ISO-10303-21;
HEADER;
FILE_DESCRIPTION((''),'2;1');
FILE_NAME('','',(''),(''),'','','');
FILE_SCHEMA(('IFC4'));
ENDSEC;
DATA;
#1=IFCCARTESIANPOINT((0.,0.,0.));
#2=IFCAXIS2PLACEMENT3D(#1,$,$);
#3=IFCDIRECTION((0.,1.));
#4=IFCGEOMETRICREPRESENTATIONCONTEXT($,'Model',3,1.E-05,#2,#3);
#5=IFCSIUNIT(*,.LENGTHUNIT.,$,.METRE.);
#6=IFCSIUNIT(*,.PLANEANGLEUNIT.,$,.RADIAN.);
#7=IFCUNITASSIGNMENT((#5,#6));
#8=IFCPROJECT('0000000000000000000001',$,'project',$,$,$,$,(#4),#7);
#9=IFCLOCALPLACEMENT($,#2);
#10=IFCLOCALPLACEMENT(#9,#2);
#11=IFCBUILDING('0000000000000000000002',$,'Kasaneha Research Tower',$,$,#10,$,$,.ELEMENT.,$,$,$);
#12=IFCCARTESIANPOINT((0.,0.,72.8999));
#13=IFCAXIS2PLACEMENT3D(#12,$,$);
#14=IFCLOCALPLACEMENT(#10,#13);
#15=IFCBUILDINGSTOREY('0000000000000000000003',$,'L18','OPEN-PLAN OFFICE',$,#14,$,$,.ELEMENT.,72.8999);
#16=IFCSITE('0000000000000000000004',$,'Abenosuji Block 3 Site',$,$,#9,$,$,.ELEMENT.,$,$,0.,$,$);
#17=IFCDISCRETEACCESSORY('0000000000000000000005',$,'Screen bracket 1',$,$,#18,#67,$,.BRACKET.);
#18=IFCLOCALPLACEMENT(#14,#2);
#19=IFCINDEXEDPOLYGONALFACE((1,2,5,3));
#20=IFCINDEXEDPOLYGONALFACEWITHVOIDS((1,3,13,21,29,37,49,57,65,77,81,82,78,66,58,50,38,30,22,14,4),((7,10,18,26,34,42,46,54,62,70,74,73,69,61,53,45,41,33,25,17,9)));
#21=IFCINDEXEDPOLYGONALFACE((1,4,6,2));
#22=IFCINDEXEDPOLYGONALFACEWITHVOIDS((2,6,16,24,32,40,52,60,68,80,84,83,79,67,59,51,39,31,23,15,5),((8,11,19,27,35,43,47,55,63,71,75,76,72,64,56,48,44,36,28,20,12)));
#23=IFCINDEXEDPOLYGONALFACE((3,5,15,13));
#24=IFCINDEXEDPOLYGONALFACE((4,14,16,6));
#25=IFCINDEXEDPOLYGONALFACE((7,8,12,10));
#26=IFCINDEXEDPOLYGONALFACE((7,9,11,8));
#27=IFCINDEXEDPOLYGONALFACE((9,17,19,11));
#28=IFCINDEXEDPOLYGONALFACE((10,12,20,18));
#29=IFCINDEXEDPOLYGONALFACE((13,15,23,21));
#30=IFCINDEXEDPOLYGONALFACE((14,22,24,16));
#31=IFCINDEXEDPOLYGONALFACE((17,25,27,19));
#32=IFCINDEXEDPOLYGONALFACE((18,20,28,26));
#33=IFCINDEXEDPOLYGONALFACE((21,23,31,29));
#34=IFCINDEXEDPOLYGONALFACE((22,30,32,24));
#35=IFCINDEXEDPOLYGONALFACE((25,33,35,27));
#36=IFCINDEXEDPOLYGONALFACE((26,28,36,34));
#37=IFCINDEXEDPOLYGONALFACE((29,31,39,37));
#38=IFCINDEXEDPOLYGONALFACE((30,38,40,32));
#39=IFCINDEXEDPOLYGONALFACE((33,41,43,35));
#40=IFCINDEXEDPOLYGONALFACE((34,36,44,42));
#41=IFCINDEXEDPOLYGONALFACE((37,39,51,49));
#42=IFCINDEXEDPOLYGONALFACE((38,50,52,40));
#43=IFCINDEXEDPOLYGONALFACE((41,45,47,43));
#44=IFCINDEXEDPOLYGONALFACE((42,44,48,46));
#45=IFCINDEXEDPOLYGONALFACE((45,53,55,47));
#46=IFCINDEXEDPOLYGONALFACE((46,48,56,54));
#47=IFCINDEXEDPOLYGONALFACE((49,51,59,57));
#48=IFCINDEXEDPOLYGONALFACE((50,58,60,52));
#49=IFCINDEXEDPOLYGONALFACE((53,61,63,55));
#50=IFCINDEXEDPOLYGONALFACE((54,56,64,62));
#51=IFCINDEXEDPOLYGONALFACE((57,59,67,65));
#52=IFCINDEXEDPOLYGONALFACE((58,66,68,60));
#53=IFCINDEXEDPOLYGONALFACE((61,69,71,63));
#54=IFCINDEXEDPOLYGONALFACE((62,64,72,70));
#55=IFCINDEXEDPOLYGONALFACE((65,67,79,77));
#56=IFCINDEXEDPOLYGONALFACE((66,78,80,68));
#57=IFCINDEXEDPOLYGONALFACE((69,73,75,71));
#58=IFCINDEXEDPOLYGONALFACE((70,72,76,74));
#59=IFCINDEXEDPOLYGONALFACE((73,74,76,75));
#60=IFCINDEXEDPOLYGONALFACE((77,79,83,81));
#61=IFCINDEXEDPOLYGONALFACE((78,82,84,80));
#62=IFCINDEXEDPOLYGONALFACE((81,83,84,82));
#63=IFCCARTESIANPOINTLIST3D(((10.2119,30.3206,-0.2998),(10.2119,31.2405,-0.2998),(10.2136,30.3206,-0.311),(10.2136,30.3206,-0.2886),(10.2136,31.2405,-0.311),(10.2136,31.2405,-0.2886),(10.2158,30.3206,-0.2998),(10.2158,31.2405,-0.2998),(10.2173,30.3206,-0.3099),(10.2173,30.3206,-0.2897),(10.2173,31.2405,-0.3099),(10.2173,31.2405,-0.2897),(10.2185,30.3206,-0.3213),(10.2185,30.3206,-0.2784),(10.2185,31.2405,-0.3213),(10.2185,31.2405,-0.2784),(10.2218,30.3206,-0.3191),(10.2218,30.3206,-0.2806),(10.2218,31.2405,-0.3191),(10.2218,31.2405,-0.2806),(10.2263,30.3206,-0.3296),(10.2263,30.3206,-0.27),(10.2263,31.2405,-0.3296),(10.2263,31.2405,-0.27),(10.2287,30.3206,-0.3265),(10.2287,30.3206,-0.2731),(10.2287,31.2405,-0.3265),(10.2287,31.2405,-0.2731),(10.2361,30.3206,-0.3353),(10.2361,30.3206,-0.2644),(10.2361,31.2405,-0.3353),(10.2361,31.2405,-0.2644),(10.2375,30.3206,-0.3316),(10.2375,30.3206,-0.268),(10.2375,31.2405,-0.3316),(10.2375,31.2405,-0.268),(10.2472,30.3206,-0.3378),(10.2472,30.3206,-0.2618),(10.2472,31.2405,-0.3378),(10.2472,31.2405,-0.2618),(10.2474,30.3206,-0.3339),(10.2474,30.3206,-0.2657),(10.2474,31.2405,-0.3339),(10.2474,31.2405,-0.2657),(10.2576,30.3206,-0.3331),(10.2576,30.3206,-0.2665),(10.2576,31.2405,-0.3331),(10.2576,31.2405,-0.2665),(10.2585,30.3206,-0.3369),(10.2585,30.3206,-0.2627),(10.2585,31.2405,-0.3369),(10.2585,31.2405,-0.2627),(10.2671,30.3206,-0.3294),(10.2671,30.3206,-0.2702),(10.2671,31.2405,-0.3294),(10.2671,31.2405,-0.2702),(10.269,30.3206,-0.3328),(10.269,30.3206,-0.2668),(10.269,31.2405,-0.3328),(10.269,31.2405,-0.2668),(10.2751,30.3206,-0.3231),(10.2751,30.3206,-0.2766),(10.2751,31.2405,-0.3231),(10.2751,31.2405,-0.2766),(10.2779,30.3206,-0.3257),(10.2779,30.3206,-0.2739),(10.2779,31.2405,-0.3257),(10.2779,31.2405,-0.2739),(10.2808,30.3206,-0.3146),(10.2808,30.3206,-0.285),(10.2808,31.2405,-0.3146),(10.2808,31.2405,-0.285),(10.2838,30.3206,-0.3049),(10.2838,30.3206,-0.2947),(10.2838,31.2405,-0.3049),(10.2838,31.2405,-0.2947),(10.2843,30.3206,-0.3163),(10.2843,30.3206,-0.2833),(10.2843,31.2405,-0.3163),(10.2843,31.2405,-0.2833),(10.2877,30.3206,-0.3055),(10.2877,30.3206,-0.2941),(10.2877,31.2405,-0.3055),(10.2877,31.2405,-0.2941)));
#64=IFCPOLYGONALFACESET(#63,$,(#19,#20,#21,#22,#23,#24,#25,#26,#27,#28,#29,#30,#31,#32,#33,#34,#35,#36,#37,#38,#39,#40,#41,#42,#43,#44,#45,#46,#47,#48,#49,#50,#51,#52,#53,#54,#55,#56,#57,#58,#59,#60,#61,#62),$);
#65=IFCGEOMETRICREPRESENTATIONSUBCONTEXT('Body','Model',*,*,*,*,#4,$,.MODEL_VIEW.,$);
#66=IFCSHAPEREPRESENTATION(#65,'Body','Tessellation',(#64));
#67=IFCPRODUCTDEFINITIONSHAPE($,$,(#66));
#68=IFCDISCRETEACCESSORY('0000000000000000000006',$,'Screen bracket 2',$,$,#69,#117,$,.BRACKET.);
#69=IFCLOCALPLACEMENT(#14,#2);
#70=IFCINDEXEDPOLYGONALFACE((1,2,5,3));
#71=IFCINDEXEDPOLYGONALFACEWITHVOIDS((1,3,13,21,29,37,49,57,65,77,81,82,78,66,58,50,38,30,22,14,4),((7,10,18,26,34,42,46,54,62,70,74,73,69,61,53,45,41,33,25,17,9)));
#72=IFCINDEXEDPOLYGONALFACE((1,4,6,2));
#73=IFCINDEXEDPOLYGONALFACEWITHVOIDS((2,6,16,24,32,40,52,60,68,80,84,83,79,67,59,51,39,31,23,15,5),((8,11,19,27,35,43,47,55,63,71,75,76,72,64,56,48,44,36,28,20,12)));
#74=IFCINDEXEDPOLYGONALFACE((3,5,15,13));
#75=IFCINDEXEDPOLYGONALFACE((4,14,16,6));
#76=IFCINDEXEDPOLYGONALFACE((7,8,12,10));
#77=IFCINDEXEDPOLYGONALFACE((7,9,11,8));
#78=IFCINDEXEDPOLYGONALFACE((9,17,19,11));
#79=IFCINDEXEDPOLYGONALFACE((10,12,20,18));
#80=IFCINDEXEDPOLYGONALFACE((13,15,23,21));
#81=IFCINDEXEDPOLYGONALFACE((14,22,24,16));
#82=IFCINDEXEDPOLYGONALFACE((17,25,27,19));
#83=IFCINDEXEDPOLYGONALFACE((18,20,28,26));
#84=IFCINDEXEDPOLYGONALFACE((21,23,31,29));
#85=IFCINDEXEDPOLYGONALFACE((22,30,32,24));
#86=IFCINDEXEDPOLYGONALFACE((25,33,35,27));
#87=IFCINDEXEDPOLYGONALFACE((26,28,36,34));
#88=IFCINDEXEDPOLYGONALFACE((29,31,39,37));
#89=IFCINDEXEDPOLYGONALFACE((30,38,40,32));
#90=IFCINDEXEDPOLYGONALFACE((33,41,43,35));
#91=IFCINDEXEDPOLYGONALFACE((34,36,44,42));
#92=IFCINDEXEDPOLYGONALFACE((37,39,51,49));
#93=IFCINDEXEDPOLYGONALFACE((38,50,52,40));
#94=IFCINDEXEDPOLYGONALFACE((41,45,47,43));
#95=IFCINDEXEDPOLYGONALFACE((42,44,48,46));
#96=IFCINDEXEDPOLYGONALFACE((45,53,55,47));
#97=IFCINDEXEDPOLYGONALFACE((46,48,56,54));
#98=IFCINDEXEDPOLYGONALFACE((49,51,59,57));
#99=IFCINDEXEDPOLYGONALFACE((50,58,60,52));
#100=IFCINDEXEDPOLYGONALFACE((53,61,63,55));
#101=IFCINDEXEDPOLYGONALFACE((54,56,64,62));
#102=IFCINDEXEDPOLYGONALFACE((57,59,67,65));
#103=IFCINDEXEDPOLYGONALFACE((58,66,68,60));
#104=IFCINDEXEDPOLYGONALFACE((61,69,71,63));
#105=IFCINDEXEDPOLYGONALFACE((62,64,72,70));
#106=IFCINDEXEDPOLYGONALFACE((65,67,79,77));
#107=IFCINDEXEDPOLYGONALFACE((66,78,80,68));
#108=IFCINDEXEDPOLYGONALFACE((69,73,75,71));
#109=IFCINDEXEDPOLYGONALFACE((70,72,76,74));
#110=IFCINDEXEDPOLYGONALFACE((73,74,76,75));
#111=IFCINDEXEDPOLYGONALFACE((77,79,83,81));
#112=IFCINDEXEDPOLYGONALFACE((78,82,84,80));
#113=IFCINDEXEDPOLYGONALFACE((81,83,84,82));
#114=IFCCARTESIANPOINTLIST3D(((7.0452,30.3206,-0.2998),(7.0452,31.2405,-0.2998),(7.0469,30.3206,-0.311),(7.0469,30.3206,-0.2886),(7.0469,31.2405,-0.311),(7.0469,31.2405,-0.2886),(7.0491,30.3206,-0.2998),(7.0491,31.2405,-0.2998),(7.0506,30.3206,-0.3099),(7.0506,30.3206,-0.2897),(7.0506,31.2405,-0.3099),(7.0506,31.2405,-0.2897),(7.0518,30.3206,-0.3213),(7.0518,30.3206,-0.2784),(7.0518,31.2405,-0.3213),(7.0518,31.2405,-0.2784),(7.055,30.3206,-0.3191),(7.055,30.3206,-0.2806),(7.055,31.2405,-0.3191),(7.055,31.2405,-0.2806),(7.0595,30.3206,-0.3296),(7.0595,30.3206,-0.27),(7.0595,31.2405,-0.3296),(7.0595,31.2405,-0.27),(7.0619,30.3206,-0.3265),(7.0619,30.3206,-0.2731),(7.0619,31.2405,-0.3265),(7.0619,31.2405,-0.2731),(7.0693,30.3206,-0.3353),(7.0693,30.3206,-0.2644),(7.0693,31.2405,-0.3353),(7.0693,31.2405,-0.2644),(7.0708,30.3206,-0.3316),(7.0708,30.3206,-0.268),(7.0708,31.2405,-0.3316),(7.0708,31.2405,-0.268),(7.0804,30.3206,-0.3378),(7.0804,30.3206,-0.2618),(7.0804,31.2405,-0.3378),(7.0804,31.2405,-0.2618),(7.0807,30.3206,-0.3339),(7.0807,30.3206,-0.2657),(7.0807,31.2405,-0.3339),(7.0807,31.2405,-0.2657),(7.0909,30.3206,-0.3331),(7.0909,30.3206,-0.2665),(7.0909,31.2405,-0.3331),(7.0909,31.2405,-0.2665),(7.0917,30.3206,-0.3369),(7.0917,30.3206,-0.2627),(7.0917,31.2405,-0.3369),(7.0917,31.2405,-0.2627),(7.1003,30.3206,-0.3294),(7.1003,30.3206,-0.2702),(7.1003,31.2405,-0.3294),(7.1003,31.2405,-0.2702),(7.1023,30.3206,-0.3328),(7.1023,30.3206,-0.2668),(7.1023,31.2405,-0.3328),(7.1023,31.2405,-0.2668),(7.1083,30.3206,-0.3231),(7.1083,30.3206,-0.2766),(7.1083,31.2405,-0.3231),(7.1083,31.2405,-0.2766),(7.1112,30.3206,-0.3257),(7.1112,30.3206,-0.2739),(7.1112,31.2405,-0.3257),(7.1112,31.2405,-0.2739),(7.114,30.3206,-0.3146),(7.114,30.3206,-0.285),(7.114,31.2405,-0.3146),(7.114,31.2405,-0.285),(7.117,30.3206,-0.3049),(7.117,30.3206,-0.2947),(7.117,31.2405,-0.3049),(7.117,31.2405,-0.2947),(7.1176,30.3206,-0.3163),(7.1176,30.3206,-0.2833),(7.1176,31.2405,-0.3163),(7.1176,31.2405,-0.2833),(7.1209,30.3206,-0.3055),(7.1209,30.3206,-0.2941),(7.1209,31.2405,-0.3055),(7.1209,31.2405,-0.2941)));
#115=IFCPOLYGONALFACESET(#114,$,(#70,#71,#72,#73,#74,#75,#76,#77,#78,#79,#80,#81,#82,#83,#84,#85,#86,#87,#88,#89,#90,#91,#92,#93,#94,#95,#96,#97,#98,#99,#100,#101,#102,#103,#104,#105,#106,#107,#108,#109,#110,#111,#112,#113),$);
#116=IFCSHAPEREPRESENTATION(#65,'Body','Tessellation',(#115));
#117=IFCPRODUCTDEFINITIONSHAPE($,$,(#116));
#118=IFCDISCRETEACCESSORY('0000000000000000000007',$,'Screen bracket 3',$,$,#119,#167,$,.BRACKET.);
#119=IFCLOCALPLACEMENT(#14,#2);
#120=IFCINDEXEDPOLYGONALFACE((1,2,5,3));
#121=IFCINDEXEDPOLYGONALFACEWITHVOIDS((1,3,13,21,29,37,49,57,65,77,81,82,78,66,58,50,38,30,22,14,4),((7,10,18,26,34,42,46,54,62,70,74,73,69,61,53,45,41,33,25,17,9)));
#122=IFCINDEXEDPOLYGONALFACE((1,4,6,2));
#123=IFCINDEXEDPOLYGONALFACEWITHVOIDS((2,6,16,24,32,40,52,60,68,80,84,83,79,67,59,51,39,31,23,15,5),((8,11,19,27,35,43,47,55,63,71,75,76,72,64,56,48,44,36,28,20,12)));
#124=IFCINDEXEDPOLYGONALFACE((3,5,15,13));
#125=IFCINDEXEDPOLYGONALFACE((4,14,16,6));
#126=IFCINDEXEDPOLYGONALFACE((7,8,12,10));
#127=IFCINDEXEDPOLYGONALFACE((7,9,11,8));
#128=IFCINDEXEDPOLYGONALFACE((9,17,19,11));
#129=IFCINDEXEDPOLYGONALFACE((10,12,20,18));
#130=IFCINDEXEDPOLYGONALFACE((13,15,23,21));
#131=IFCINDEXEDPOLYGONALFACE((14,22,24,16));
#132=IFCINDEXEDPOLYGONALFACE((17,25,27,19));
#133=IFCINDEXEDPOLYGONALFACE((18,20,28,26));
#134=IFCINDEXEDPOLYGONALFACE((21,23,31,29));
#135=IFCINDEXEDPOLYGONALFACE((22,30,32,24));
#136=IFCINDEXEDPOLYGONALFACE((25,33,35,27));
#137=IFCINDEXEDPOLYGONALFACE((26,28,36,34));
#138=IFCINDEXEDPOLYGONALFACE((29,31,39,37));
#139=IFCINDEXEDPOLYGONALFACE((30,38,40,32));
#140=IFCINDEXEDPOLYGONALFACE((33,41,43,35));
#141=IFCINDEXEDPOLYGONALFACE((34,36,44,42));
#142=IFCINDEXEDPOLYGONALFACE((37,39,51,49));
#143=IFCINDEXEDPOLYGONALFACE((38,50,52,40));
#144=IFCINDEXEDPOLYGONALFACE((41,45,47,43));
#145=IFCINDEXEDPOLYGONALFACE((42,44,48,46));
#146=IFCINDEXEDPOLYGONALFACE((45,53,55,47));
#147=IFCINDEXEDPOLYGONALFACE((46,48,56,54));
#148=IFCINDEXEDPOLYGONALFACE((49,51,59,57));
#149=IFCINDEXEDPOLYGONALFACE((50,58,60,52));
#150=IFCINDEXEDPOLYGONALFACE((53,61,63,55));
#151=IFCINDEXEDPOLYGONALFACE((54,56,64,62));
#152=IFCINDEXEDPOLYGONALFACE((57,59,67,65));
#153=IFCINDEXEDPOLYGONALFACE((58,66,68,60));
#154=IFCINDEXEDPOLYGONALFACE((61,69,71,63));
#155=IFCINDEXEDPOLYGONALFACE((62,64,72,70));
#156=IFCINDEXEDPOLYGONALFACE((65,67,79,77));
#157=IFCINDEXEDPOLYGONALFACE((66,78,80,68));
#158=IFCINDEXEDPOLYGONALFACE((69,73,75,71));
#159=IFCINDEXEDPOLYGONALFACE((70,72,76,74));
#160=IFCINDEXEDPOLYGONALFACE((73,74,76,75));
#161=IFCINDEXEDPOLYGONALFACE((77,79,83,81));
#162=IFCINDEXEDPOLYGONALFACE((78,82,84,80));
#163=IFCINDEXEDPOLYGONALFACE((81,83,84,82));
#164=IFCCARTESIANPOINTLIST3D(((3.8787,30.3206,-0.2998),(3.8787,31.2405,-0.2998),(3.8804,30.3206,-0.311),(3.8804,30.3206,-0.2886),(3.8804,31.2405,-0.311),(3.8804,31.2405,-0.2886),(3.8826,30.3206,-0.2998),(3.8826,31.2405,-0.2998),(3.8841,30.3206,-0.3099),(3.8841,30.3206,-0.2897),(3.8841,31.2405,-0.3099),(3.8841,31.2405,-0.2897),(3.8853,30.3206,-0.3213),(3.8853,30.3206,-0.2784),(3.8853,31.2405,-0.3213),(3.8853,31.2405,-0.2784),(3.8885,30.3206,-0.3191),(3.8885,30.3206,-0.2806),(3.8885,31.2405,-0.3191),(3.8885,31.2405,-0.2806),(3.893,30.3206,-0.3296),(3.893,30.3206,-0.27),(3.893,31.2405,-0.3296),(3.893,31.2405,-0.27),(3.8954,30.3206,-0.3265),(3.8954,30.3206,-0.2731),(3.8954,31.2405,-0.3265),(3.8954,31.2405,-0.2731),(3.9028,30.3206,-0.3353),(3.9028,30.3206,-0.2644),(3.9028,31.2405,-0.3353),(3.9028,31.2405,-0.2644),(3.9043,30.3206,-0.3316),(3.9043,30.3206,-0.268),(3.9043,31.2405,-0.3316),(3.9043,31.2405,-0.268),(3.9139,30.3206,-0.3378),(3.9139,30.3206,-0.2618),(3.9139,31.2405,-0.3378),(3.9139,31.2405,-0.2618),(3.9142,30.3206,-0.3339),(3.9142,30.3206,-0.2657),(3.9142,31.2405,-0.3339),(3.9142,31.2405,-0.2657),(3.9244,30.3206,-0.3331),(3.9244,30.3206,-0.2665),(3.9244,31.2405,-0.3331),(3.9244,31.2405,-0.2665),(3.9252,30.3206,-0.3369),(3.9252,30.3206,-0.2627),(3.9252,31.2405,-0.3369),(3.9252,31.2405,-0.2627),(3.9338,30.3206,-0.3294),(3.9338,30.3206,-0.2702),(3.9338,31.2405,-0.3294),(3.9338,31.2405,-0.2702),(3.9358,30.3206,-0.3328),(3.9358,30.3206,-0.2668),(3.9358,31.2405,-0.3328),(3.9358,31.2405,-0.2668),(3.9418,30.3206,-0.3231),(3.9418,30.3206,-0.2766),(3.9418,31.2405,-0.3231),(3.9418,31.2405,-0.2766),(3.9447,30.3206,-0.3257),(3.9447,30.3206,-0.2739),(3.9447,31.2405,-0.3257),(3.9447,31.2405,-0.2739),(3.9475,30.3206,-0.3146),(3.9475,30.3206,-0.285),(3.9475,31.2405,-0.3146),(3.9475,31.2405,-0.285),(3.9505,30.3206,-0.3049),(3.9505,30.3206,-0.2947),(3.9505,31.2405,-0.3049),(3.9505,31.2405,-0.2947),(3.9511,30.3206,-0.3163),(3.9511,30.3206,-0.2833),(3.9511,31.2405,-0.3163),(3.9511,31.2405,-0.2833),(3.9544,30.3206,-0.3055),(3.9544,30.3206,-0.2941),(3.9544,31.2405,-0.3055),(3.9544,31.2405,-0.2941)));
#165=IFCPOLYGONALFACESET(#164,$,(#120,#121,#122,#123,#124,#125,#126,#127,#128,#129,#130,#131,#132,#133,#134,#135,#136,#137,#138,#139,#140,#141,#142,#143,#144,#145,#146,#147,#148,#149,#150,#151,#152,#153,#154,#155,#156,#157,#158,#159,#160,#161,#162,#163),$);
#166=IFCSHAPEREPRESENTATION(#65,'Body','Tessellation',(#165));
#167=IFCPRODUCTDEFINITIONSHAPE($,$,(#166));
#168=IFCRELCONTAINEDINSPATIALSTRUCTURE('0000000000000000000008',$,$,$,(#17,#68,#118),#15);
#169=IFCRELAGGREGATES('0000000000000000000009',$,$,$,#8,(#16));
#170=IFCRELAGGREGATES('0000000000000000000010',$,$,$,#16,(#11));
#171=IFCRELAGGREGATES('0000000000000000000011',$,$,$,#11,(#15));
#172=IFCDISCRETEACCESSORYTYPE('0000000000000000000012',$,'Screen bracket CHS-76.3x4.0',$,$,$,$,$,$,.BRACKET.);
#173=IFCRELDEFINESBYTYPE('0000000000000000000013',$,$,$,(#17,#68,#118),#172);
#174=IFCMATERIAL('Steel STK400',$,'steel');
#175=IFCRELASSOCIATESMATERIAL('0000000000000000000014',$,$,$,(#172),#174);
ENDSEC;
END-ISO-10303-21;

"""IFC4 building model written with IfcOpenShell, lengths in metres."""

from ifc_helpers import new_model, si_unit, direction, frame, origin, origin_2d, place, context, subcontext, project, spatial, hollow_circle, extrude, material, material_profile, profile_set, type_object, element, save


model = new_model("IFC4")

# Units and contexts
model_context = context("Model", 3, precision=1e-05, world=origin(), true_north=direction((0.0, 1.0)))
body_context = subcontext(model_context, "Body", "Model", "MODEL_VIEW")
ifc_project = project(units=[si_unit("LENGTHUNIT", "METRE"), si_unit("PLANEANGLEUNIT", "RADIAN")], contexts=[model_context])

# Site, building, storey
site_placement = place(None, origin())
site = spatial("IfcSite", under=ifc_project, at=site_placement, Name="Abenosuji Block 3 Site", CompositionType="ELEMENT", RefElevation=0.0)
building_placement = place(site_placement, origin())
building = spatial("IfcBuilding", under=site, at=building_placement, Name="Kasaneha Research Tower", CompositionType="ELEMENT")
storey_placement = place(building_placement, frame((0.0, 0.0, 72.8999)))
storey = spatial("IfcBuildingStorey", under=building, at=storey_placement, Name="L18", Description="OPEN-PLAN OFFICE", CompositionType="ELEMENT", Elevation=72.8999)

# Discrete accessories
ifc_material_1 = material(Name="Steel STK400", Category="steel")
ifc_material_profile_1 = material_profile(ifc_material_1, hollow_circle(Radius=0.0381, WallThickness=0.0039, at=origin_2d()), Name="CHS-76.3x4.0")
ifc_profile_set_1 = profile_set([ifc_material_profile_1], Name="Steel STK400")
discrete_accessory_type = type_object("IfcDiscreteAccessoryType", Name="Screen bracket CHS-76.3x4.0", PredefinedType="BRACKET", material=ifc_profile_set_1)
for number, where, z_axis, x_axis, name in (
    (1, (10.25, 30.3206, -0.2998), (0.0, 1.0, 0.0), (-1.0, 0.0, 0.0), "Screen bracket 1"),
    (2, (7.0833, 30.3206, -0.2998), (0.0, 1.0, 0.0), (-1.0, 0.0, 0.0), "Screen bracket 2"),
    (3, (3.9167, 30.3206, -0.2998), (0.0, 1.0, 0.0), (-1.0, 0.0, 0.0), "Screen bracket 3"),
):
    element("IfcDiscreteAccessory", number, at=place(storey_placement, frame(where, z_axis=z_axis, x_axis=x_axis)), inside=storey, type_object=discrete_accessory_type, Name=name, PredefinedType="BRACKET", context=body_context, shape_type="SweptSolid", body=[
        extrude(hollow_circle(Radius=0.0381, WallThickness=0.0039, at=origin_2d()), origin(), (0.0, 0.0, 1.0), 0.9199),
    ])

save(model, "model.ifc")
